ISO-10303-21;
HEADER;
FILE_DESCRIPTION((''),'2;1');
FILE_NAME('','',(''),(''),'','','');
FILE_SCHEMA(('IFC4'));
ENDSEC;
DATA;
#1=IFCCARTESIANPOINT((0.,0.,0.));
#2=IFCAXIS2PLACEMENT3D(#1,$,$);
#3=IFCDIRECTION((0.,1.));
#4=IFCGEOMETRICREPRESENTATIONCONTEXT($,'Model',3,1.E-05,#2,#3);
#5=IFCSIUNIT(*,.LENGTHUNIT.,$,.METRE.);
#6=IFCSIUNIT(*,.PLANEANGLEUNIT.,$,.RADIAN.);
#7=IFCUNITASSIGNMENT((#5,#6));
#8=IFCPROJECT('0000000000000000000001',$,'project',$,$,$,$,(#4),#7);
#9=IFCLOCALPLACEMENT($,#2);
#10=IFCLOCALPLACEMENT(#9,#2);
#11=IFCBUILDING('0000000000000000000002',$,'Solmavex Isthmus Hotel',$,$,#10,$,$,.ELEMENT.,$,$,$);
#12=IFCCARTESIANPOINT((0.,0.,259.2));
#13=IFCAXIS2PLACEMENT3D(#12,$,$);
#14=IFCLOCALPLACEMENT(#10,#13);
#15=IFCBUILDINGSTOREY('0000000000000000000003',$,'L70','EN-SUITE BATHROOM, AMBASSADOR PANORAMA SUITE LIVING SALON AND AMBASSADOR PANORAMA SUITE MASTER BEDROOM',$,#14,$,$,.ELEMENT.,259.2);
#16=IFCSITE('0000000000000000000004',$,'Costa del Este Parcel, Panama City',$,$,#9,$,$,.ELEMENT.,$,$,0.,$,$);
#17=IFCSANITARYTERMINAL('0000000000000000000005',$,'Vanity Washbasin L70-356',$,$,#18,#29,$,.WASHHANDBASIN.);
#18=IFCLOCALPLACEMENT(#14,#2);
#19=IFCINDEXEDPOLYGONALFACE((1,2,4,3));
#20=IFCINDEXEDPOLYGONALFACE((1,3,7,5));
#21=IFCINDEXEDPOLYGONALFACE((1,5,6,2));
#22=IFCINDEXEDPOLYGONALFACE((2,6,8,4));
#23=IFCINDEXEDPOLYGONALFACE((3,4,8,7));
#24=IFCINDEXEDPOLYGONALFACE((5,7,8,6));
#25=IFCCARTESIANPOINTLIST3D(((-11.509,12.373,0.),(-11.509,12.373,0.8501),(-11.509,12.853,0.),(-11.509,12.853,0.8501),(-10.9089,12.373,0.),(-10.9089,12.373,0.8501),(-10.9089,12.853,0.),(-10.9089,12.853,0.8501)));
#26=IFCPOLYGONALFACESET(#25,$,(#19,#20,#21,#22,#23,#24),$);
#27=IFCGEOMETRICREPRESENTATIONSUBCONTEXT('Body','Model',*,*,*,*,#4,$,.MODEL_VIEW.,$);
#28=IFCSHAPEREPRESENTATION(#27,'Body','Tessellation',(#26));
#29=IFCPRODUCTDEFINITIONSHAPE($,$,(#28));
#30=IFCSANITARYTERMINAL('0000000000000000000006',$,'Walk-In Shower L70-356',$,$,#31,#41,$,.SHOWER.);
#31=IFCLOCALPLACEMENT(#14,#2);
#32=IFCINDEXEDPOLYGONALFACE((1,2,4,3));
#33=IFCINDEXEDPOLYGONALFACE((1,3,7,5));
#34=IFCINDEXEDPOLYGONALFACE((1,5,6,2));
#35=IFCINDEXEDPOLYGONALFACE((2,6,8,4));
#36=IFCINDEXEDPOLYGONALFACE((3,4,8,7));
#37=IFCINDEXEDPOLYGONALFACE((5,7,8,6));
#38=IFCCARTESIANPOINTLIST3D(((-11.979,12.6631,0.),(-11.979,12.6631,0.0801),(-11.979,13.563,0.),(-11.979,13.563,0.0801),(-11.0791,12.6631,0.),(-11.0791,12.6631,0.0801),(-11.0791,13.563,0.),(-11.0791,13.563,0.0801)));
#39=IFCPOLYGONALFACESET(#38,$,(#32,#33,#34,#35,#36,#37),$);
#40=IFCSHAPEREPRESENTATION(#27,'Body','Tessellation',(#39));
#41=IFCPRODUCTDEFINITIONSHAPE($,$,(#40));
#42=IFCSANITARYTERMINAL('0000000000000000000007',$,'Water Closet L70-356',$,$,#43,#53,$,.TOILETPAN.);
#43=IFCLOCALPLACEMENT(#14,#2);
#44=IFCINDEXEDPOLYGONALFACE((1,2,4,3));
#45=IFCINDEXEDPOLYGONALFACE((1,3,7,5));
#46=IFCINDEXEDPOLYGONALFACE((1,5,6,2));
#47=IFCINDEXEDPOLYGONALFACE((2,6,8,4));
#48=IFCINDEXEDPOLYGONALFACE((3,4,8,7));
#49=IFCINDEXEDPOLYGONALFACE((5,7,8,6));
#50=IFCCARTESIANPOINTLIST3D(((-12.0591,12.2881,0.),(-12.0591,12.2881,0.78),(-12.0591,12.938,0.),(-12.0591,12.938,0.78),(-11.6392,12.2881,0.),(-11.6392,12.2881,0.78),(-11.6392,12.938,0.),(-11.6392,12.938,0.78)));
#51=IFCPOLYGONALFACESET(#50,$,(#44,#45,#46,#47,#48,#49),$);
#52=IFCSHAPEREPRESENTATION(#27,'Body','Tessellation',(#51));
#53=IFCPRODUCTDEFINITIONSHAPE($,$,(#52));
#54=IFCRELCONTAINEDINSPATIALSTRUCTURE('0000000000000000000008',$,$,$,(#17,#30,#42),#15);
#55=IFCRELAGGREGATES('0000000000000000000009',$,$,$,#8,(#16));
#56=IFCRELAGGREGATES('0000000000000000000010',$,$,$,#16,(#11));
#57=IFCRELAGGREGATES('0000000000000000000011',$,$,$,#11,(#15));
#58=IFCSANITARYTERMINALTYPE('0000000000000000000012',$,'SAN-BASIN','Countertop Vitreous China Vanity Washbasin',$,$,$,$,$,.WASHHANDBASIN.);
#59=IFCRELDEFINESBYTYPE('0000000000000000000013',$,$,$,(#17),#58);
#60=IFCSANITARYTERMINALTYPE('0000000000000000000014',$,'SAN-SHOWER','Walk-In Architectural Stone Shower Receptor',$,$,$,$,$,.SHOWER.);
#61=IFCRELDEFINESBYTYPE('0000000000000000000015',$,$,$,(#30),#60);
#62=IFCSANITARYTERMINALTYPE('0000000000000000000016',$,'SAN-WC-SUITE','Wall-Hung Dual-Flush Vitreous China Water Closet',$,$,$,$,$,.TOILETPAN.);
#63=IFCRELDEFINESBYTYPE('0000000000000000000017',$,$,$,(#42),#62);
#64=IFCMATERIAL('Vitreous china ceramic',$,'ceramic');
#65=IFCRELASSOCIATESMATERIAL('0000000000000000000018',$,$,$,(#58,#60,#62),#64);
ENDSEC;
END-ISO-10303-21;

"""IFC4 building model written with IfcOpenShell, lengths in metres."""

from ifc_helpers import new_model, si_unit, direction, frame, origin, origin_2d, place, context, subcontext, project, spatial, rectangle, extrude, material, type_object, element, save


model = new_model("IFC4")

# Units and contexts
model_context = context("Model", 3, precision=1e-05, world=origin(), true_north=direction((0.0, 1.0)))
body_context = subcontext(model_context, "Body", "Model", "MODEL_VIEW")
ifc_project = project(units=[si_unit("LENGTHUNIT", "METRE"), si_unit("PLANEANGLEUNIT", "RADIAN")], contexts=[model_context])

# Site, building, storey
site_placement = place(None, origin())
site = spatial("IfcSite", under=ifc_project, at=site_placement, Name="Costa del Este Parcel, Panama City", CompositionType="ELEMENT", RefElevation=0.0)
building_placement = place(site_placement, origin())
building = spatial("IfcBuilding", under=site, at=building_placement, Name="Solmavex Isthmus Hotel", CompositionType="ELEMENT")
storey_placement = place(building_placement, frame((0.0, 0.0, 259.2)))
storey = spatial("IfcBuildingStorey", under=building, at=storey_placement, Name="L70", Description="EN-SUITE BATHROOM, AMBASSADOR PANORAMA SUITE LIVING SALON AND AMBASSADOR PANORAMA SUITE MASTER BEDROOM", CompositionType="ELEMENT", Elevation=259.2)

# Sanitary terminals
ifc_material_1 = material(Name="Vitreous china ceramic", Category="ceramic")
sanitary_terminal_type_1 = type_object("IfcSanitaryTerminalType", Name="SAN-BASIN", Description="Countertop Vitreous China Vanity Washbasin", PredefinedType="WASHHANDBASIN", material=ifc_material_1)
sanitary_terminal_1_placement = place(storey_placement, frame((-11.209, 12.613, 0.0), z_axis=(0.0, 0.0, 1.0), x_axis=(1.0, 0.0, 0.0)))
element("IfcSanitaryTerminal", 1, at=sanitary_terminal_1_placement, inside=storey, type_object=sanitary_terminal_type_1, Name="Vanity Washbasin L70-356", PredefinedType="WASHHANDBASIN", context=body_context, shape_type="SweptSolid", body=[
    extrude(rectangle(XDim=0.6001, YDim=0.48, at=origin_2d()), origin(), (0.0, 0.0, 1.0), 0.8501),
])
sanitary_terminal_type_2 = type_object("IfcSanitaryTerminalType", Name="SAN-SHOWER", Description="Walk-In Architectural Stone Shower Receptor", PredefinedType="SHOWER", material=ifc_material_1)
sanitary_terminal_2_placement = place(storey_placement, frame((-11.5291, 13.113, 0.0), z_axis=(0.0, 0.0, 1.0), x_axis=(1.0, 0.0, 0.0)))
element("IfcSanitaryTerminal", 2, at=sanitary_terminal_2_placement, inside=storey, type_object=sanitary_terminal_type_2, Name="Walk-In Shower L70-356", PredefinedType="SHOWER", context=body_context, shape_type="SweptSolid", body=[
    extrude(rectangle(XDim=0.8999, YDim=0.8999, at=origin_2d()), origin(), (0.0, 0.0, 1.0), 0.0801),
])
sanitary_terminal_type_3 = type_object("IfcSanitaryTerminalType", Name="SAN-WC-SUITE", Description="Wall-Hung Dual-Flush Vitreous China Water Closet", PredefinedType="TOILETPAN", material=ifc_material_1)
sanitary_terminal_3_placement = place(storey_placement, frame((-11.8491, 12.613, 0.0), z_axis=(0.0, 0.0, 1.0), x_axis=(1.0, 0.0, 0.0)))
element("IfcSanitaryTerminal", 3, at=sanitary_terminal_3_placement, inside=storey, type_object=sanitary_terminal_type_3, Name="Water Closet L70-356", PredefinedType="TOILETPAN", context=body_context, shape_type="SweptSolid", body=[
    extrude(rectangle(XDim=0.4199, YDim=0.6499, at=origin_2d()), origin(), (0.0, 0.0, 1.0), 0.78),
])

save(model, "model.ifc")
